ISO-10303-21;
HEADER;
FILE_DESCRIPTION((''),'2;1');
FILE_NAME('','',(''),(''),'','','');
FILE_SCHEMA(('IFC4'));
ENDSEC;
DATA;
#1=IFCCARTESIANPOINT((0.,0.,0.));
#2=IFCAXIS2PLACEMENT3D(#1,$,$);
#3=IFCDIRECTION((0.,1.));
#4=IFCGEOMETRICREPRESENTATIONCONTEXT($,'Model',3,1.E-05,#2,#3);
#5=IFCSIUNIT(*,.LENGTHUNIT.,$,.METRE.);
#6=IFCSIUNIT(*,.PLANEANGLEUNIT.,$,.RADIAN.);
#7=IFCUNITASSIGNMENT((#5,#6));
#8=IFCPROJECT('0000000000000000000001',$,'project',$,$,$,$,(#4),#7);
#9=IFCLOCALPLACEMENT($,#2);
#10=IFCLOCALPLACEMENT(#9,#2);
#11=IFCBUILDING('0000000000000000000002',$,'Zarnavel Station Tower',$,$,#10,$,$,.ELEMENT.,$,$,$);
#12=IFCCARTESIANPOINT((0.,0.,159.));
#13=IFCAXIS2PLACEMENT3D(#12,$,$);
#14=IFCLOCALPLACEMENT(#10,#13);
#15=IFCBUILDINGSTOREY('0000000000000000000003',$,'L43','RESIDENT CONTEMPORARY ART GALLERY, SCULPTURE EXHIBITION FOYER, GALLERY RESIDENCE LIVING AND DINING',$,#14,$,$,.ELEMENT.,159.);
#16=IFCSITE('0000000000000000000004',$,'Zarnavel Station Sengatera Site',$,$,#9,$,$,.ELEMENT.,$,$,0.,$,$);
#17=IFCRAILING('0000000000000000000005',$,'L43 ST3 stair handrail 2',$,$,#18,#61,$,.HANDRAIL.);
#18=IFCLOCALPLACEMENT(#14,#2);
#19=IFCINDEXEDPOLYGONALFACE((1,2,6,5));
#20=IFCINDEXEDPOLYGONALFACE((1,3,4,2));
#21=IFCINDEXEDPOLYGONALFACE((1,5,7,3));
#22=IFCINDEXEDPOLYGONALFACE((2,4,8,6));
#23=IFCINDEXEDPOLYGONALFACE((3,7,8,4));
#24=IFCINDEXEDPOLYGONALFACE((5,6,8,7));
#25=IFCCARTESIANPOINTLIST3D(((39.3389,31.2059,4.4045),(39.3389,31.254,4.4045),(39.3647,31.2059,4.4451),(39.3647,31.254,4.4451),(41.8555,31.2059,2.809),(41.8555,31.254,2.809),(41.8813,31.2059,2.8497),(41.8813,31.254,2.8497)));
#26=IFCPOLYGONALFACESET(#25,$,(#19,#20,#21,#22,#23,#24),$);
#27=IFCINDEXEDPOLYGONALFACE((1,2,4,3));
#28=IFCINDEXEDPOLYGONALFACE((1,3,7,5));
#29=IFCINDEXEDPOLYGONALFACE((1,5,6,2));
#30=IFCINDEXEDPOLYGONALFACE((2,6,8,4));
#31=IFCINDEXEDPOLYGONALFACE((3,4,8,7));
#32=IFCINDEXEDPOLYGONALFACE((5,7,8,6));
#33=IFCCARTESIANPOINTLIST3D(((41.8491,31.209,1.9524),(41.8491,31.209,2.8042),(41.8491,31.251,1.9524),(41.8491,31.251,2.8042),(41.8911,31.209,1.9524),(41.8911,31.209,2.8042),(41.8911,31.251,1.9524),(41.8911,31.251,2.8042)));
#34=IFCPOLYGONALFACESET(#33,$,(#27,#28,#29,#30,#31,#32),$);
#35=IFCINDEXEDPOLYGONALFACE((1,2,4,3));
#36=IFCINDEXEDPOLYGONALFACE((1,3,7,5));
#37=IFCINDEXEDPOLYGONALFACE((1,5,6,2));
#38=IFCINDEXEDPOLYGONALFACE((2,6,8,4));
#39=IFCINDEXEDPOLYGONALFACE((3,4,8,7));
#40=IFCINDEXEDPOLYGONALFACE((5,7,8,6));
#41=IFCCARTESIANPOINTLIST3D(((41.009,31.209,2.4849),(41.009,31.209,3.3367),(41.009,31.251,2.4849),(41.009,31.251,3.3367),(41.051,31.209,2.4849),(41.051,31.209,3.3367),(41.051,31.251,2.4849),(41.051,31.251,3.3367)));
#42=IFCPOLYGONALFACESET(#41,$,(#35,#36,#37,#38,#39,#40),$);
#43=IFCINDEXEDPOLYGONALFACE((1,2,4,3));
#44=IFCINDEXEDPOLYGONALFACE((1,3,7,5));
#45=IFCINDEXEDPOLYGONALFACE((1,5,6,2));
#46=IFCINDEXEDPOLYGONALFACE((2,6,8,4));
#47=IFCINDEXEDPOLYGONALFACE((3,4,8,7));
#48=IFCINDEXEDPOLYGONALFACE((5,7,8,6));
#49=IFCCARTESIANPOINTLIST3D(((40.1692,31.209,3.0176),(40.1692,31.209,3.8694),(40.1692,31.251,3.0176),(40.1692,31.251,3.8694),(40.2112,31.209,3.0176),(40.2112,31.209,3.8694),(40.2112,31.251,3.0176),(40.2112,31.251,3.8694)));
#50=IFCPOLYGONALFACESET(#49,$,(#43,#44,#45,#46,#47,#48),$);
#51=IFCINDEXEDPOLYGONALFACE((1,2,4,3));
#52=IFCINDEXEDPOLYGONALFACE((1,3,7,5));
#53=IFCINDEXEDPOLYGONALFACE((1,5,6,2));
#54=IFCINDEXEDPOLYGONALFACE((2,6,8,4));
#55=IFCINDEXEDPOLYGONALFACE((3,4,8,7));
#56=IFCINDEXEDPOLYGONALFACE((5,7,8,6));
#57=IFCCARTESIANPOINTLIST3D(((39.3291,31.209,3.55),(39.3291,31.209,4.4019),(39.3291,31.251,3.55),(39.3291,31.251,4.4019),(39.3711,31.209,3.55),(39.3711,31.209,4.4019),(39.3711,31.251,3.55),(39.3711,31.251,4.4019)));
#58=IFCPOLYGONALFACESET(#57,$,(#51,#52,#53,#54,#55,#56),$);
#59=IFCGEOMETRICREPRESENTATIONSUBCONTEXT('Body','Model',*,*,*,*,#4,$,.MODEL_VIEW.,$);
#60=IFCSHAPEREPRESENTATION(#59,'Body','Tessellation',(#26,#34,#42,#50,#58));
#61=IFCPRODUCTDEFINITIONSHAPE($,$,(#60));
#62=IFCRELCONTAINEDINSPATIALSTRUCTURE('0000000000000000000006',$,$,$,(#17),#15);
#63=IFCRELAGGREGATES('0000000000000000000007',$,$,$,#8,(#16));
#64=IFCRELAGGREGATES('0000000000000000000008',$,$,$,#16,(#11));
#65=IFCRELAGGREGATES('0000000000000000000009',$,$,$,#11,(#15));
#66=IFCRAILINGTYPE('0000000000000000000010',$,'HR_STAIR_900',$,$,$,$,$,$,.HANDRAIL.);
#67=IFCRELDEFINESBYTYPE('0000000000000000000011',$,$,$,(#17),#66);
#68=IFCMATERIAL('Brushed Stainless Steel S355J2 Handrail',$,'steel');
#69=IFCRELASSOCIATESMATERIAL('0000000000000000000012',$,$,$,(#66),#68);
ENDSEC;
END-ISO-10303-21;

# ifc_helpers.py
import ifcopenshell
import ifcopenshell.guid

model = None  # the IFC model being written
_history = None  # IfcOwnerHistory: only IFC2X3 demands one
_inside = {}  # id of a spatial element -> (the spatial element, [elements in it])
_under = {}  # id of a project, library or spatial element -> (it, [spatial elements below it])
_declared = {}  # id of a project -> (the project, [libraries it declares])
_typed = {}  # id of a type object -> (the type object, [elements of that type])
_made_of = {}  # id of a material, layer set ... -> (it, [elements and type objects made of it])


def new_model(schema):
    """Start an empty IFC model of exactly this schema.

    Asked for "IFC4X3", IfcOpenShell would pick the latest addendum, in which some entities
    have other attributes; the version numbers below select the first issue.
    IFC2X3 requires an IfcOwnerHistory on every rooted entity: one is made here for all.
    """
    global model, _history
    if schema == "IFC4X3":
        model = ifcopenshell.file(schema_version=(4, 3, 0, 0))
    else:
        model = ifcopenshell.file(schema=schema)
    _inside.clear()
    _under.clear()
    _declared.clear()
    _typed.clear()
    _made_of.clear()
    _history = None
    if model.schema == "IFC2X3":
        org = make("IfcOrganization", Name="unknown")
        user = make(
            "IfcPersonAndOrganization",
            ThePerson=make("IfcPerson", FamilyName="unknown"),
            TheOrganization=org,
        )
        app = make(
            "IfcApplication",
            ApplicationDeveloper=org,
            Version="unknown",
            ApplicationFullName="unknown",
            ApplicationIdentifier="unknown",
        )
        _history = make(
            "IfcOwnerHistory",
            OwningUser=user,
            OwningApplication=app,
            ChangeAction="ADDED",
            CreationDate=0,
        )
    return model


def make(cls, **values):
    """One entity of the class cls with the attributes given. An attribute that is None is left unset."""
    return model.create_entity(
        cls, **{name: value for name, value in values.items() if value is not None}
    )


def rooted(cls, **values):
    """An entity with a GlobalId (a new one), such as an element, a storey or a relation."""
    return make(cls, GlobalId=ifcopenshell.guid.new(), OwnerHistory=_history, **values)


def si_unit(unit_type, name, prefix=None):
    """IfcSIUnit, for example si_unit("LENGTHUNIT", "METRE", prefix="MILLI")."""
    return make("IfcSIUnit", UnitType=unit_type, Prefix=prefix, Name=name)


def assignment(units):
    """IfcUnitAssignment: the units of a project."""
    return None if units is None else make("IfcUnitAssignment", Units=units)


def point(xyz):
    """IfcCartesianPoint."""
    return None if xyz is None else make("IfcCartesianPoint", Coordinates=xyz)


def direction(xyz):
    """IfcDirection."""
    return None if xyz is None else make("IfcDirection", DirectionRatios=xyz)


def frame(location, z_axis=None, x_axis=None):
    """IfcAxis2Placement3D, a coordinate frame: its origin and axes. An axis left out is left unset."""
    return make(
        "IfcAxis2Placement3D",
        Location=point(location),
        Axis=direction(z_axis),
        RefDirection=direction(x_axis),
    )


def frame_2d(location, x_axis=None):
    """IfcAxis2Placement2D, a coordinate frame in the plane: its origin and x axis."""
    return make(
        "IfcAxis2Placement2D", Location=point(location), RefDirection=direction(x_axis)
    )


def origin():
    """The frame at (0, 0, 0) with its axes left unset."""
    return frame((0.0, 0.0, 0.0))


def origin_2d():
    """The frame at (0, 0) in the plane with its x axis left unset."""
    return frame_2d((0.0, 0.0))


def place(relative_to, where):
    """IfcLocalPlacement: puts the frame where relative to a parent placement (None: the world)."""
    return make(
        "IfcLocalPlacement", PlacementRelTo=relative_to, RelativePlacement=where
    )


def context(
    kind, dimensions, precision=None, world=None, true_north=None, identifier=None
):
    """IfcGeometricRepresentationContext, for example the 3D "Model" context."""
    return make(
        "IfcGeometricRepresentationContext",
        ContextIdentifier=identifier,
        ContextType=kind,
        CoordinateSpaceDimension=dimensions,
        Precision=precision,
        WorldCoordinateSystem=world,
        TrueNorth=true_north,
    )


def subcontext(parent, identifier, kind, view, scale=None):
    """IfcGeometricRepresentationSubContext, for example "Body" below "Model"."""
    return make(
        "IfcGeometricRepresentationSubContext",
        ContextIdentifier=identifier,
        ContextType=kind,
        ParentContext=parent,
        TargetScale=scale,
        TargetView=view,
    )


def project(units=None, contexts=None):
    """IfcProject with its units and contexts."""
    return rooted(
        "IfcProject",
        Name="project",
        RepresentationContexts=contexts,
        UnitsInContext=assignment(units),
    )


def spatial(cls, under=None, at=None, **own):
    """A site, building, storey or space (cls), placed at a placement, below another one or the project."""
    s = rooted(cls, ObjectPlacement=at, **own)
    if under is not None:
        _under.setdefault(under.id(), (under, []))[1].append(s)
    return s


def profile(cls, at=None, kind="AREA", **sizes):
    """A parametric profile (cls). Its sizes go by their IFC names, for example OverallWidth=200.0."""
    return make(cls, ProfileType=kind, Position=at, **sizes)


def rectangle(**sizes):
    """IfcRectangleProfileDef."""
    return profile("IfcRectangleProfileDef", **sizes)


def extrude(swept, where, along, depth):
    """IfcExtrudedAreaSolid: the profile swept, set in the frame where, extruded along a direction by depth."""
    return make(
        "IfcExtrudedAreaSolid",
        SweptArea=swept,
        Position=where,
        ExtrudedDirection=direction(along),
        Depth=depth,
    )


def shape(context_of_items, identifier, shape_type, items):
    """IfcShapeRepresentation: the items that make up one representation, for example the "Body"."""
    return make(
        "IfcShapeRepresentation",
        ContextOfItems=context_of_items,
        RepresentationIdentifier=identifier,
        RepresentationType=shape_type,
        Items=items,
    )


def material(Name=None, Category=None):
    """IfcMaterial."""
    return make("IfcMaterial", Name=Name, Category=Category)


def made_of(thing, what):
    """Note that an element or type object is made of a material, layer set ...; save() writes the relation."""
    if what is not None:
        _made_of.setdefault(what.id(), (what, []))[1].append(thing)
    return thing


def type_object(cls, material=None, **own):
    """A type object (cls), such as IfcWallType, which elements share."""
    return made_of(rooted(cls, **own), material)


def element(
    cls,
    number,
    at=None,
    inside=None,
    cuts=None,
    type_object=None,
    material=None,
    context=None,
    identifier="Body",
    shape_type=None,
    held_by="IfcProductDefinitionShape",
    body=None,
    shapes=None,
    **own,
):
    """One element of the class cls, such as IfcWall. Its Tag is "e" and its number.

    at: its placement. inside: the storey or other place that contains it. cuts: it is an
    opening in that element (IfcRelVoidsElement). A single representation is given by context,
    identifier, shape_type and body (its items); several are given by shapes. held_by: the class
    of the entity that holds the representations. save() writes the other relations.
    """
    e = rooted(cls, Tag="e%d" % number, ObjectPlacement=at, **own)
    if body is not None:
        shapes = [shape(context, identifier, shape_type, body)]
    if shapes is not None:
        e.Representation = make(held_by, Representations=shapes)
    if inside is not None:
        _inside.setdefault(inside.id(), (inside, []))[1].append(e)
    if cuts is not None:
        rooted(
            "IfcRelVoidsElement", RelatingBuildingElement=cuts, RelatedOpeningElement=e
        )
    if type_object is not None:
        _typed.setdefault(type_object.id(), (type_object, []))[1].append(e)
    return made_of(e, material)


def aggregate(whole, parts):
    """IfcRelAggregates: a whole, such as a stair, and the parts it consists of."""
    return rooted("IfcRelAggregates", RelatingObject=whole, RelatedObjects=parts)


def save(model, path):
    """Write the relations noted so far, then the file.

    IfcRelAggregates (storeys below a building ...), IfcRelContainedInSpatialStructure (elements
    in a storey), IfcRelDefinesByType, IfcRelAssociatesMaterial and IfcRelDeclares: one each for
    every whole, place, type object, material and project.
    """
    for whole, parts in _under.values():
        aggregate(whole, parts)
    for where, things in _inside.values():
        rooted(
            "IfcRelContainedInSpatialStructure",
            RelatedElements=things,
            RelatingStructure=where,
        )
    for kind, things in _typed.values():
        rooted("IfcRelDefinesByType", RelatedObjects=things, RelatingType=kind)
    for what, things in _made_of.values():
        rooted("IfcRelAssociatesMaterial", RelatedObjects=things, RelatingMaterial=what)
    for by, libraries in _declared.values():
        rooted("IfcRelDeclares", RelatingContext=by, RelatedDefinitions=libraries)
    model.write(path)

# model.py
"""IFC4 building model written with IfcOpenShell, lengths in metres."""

from ifc_helpers import new_model, si_unit, direction, frame, origin, origin_2d, place, context, subcontext, project, spatial, rectangle, extrude, material, type_object, element, save


model = new_model("IFC4")

# Units and contexts
model_context = context("Model", 3, precision=1e-05, world=origin(), true_north=direction((0.0, 1.0)))
body_context = subcontext(model_context, "Body", "Model", "MODEL_VIEW")
ifc_project = project(units=[si_unit("LENGTHUNIT", "METRE"), si_unit("PLANEANGLEUNIT", "RADIAN")], contexts=[model_context])

# Site, building, storey
site_placement = place(None, origin())
site = spatial("IfcSite", under=ifc_project, at=site_placement, Name="Zarnavel Station Sengatera Site", CompositionType="ELEMENT", RefElevation=0.0)
building_placement = place(site_placement, origin())
building = spatial("IfcBuilding", under=site, at=building_placement, Name="Zarnavel Station Tower", CompositionType="ELEMENT")
storey_placement = place(building_placement, frame((0.0, 0.0, 159.0)))
storey = spatial("IfcBuildingStorey", under=building, at=storey_placement, Name="L43", Description="RESIDENT CONTEMPORARY ART GALLERY, SCULPTURE EXHIBITION FOYER, GALLERY RESIDENCE LIVING AND DINING", CompositionType="ELEMENT", Elevation=159.0)

# Railing
ifc_material_1 = material(Name="Brushed Stainless Steel S355J2 Handrail", Category="steel")
railing_type_1 = type_object("IfcRailingType", Name="HR_STAIR_900", PredefinedType="HANDRAIL", material=ifc_material_1)
for number, where, name in (
    (1, (41.8701, 31.23, 1.9524), "L43 ST3 stair handrail 2"),
):
    element("IfcRailing", number, at=place(storey_placement, frame(where)), inside=storey, type_object=railing_type_1, Name=name, PredefinedType="HANDRAIL", context=body_context, shape_type="SweptSolid", body=[
        extrude(rectangle(XDim=0.0481, YDim=0.0481, at=origin_2d()), frame((-0.0017, 0.0, 0.877), z_axis=(-0.84457, 0.0, 0.535445), x_axis=(0.0, -1.0, 0.0)), (0.0, 0.0, 1.0), 2.9797),
        extrude(rectangle(XDim=0.042, YDim=0.042, at=origin_2d()), origin(), (0.0, 0.0, 1.0), 0.8518),
        extrude(rectangle(XDim=0.042, YDim=0.042, at=origin_2d()), frame((-0.8401, 0.0, 0.5325)), (0.0, 0.0, 1.0), 0.8518),
        extrude(rectangle(XDim=0.042, YDim=0.042, at=origin_2d()), frame((-1.6799, 0.0, 1.0652)), (0.0, 0.0, 1.0), 0.8518),
        extrude(rectangle(XDim=0.042, YDim=0.042, at=origin_2d()), frame((-2.52, 0.0, 1.5977)), (0.0, 0.0, 1.0), 0.8518),
    ])

save(model, "model.ifc")
